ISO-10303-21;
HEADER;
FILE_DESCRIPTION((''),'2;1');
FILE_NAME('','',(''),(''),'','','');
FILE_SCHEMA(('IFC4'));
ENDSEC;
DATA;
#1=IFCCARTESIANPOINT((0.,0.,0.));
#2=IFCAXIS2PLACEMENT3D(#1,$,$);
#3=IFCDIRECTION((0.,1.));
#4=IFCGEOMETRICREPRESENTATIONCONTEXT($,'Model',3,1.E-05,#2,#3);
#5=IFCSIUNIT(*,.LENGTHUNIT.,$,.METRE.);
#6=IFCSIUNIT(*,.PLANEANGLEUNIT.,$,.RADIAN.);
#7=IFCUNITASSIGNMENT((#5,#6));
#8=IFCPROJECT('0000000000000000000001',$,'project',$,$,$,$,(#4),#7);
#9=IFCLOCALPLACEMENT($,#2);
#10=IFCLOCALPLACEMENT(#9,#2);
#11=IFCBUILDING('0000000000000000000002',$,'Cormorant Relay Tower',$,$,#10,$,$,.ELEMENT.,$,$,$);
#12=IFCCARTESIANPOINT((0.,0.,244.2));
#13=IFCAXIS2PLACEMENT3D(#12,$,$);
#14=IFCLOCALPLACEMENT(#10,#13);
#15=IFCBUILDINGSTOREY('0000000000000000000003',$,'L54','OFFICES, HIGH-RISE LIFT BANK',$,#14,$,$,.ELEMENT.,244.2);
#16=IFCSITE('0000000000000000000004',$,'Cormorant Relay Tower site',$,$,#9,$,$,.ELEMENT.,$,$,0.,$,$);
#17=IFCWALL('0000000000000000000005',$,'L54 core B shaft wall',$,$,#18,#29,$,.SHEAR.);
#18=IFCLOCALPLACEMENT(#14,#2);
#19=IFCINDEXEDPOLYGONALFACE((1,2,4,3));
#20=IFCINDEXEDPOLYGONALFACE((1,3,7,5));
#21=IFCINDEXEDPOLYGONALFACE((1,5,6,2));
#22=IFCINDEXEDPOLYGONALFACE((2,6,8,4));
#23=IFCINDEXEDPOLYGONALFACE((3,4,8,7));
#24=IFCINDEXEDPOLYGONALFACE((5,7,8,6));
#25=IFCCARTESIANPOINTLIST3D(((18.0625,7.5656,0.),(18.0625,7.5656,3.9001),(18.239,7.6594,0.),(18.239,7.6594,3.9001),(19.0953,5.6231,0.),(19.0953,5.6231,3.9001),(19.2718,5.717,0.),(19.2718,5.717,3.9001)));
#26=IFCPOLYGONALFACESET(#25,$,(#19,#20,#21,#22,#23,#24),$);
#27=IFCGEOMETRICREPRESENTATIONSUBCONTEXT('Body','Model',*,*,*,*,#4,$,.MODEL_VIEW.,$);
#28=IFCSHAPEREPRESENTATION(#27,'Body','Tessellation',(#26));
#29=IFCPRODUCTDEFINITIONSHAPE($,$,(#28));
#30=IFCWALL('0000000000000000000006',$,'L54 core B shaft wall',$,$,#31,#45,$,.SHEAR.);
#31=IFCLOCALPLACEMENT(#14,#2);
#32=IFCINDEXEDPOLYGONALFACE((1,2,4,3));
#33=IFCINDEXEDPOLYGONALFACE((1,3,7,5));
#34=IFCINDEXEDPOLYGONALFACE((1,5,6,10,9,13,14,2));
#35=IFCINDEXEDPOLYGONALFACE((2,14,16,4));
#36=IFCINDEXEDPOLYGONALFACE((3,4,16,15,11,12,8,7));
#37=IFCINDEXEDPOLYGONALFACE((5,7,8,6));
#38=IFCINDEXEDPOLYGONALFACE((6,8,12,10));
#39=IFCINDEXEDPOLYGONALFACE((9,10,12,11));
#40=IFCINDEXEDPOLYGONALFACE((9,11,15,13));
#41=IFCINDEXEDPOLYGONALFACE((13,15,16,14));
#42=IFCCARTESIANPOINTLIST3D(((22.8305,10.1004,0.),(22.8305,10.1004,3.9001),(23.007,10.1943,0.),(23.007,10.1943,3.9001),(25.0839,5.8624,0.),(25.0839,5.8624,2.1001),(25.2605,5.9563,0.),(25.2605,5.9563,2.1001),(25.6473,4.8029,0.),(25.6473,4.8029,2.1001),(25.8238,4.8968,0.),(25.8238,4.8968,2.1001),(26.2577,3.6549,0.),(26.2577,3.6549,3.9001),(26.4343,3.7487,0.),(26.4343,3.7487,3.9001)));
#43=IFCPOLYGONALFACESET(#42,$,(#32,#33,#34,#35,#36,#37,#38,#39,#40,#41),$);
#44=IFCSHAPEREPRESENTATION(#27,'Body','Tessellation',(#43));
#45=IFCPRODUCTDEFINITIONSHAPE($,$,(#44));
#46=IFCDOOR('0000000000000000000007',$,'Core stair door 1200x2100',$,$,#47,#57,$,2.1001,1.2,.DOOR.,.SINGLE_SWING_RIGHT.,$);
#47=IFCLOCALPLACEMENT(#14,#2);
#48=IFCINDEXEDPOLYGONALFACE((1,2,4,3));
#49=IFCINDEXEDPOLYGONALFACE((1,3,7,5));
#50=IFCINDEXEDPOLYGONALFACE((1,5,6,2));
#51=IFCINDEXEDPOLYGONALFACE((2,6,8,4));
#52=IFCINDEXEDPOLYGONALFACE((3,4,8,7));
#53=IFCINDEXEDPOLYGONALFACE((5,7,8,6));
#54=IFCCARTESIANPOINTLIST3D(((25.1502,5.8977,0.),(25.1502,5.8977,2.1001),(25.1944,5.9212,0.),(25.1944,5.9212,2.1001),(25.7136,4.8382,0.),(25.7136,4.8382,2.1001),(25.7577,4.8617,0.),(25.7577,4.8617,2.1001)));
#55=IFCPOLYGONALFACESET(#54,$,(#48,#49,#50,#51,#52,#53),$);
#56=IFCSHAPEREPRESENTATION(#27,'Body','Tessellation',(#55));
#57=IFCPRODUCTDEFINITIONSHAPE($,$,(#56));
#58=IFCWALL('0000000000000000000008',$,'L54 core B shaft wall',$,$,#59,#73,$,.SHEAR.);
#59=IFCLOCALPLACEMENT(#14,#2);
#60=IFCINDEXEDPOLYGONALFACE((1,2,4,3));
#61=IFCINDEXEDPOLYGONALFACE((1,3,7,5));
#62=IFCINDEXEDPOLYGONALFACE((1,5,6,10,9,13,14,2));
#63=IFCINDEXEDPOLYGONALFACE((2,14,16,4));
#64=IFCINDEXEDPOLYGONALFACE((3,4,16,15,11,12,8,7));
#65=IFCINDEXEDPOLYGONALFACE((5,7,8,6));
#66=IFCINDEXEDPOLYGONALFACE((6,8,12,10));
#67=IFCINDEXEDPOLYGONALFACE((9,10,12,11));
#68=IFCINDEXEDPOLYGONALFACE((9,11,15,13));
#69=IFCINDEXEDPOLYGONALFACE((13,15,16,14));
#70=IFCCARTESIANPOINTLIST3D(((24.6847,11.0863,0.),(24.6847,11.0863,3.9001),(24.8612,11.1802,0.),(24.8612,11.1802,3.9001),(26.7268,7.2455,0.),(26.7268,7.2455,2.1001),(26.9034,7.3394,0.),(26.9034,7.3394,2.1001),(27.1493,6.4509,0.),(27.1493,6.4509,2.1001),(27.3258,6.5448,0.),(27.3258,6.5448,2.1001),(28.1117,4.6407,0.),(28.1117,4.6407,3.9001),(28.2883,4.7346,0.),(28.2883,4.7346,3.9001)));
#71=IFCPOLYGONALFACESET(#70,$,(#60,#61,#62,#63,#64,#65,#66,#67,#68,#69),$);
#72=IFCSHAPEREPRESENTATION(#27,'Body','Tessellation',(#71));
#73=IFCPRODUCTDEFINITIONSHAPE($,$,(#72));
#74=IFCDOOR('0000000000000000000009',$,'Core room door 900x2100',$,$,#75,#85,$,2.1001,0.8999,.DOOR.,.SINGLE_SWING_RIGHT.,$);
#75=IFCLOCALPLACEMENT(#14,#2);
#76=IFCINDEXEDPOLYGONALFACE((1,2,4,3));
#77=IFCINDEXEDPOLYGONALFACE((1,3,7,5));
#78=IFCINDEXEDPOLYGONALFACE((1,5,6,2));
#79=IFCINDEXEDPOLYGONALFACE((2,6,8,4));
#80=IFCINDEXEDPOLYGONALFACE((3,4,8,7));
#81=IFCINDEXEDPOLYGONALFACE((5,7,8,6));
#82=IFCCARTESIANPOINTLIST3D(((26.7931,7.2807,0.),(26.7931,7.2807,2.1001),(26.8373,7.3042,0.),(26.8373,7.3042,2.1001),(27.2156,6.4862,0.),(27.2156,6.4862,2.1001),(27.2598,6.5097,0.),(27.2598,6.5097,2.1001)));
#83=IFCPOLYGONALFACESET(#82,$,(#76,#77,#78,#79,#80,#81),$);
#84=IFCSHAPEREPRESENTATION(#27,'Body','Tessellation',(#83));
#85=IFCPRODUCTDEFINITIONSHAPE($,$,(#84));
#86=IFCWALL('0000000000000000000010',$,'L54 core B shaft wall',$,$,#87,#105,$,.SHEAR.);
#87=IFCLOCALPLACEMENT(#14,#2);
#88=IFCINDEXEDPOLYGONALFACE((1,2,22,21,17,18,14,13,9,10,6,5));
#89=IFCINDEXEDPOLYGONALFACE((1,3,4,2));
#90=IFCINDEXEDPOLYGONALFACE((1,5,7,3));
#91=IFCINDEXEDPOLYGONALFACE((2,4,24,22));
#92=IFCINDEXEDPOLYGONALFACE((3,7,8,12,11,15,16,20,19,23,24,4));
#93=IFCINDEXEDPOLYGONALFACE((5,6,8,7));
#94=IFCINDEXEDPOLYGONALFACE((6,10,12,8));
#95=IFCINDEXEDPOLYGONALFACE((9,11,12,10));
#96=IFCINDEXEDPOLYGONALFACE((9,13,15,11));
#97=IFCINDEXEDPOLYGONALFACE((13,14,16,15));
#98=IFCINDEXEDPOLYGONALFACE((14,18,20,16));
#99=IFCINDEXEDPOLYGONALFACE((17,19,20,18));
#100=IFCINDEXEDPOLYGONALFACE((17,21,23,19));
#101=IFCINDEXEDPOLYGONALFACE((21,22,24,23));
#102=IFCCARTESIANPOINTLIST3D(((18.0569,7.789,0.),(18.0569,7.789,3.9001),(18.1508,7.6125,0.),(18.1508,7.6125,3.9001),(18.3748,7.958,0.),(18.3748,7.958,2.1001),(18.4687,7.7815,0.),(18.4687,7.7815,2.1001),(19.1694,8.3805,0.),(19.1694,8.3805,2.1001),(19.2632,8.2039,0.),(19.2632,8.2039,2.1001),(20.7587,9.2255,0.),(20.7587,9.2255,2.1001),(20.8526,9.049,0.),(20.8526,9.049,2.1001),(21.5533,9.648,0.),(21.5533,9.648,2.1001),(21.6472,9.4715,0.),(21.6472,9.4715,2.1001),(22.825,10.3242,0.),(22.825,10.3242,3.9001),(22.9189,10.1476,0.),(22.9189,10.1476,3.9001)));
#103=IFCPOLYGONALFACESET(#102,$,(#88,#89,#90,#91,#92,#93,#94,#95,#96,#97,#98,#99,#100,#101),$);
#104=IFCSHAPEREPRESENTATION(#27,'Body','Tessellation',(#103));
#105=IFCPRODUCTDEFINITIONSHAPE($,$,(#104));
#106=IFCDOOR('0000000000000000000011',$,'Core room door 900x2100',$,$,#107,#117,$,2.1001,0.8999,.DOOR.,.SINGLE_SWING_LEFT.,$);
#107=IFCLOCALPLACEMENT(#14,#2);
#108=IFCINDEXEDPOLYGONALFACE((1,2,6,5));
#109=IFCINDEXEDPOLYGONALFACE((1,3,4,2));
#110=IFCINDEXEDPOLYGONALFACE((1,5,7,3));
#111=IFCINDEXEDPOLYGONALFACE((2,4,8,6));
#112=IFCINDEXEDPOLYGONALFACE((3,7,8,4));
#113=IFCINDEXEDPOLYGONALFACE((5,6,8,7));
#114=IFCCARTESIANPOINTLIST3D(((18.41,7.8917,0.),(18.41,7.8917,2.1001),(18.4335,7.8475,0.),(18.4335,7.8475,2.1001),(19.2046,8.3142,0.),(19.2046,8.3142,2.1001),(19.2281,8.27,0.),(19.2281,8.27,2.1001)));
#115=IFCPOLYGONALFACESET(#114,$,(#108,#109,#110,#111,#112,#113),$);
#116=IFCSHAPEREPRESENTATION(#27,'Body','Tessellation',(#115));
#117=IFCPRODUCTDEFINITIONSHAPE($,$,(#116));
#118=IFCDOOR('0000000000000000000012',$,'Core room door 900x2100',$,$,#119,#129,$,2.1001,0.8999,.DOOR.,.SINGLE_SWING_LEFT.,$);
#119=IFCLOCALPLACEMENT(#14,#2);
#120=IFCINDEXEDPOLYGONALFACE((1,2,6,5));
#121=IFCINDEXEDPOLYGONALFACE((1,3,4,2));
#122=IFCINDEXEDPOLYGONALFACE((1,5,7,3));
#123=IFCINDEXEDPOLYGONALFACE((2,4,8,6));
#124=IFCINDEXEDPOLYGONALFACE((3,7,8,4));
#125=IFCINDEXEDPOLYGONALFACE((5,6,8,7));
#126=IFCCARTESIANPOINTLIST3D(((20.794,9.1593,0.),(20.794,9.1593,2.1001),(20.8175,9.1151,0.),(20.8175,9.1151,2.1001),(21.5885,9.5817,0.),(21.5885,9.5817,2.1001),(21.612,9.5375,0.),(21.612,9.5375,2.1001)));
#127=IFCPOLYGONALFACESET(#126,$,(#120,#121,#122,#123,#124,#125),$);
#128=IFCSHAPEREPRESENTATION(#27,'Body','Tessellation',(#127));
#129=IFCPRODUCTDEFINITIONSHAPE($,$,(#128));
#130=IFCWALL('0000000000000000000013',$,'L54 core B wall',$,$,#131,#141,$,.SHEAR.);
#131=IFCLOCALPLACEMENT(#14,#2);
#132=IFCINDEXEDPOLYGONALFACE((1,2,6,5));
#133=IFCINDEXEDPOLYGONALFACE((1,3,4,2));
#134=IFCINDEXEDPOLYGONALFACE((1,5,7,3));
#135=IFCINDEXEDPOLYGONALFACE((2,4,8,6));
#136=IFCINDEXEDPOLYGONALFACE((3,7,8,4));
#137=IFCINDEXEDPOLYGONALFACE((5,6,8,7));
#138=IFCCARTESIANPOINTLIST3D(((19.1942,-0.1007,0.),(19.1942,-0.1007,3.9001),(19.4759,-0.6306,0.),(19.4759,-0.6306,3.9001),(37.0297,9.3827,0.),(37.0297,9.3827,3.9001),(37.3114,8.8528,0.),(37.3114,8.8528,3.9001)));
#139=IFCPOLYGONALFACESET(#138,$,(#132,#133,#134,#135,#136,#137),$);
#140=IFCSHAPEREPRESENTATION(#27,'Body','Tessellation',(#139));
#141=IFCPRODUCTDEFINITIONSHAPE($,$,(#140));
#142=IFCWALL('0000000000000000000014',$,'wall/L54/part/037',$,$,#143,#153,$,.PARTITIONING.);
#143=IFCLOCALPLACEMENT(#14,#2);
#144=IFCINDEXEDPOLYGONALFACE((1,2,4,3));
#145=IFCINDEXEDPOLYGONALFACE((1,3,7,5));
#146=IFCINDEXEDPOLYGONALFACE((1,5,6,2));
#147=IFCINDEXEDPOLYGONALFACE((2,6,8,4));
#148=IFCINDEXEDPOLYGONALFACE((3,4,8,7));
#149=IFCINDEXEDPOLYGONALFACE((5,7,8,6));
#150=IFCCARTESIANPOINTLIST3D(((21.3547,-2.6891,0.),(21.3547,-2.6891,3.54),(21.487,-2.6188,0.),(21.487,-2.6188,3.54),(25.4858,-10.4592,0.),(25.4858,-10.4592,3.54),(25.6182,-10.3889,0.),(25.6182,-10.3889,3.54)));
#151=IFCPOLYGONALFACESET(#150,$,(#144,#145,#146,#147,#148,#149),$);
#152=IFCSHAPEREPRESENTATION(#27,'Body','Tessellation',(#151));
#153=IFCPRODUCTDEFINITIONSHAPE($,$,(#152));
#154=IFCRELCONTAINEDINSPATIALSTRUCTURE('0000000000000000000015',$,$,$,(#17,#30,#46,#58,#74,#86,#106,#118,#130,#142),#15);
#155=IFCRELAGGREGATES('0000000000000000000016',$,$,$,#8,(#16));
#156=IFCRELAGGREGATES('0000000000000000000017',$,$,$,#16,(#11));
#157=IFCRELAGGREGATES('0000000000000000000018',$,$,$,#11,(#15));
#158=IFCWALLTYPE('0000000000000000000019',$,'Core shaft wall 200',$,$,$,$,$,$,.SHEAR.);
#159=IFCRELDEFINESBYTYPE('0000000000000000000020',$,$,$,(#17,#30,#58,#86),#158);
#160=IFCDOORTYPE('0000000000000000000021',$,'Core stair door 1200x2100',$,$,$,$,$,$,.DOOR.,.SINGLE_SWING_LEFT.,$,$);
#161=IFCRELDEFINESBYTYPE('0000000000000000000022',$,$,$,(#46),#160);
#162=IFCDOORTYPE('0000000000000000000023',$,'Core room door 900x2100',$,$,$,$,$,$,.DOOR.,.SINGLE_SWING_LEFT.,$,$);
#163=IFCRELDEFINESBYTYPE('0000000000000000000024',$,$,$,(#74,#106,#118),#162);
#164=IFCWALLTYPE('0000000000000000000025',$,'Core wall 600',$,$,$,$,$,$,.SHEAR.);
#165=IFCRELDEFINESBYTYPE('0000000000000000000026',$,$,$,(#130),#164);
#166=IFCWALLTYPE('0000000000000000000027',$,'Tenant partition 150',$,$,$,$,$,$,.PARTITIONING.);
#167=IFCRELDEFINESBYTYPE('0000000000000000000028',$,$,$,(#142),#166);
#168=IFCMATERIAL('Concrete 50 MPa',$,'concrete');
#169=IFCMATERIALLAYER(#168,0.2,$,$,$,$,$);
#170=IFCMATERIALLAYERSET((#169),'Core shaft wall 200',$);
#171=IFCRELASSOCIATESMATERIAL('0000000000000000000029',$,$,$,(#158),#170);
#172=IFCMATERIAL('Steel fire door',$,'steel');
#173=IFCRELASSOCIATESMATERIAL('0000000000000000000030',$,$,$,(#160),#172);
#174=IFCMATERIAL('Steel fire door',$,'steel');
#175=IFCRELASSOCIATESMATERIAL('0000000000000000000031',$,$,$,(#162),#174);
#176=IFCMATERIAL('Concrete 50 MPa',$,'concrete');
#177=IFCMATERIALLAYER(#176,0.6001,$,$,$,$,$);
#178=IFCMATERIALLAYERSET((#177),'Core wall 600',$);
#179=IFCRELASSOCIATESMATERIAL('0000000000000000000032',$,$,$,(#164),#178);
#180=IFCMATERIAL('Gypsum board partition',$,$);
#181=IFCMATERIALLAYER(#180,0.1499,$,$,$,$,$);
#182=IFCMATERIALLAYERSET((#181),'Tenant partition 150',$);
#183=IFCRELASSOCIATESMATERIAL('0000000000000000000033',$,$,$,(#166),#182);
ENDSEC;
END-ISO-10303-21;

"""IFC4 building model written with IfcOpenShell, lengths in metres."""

from ifc_helpers import new_model, si_unit, direction, frame, frame_2d, origin, place, context, subcontext, project, spatial, rectangle, extrude, material, layer, layer_set, type_object, element, fill, save


model = new_model("IFC4")

# Units and contexts
model_context = context("Model", 3, precision=1e-05, world=origin(), true_north=direction((0.0, 1.0)))
body_context = subcontext(model_context, "Body", "Model", "MODEL_VIEW")
ifc_project = project(units=[si_unit("LENGTHUNIT", "METRE"), si_unit("PLANEANGLEUNIT", "RADIAN")], contexts=[model_context])

# Site, building, storey
site_placement = place(None, origin())
site = spatial("IfcSite", under=ifc_project, at=site_placement, Name="Cormorant Relay Tower site", CompositionType="ELEMENT", RefElevation=0.0)
building_placement = place(site_placement, origin())
building = spatial("IfcBuilding", under=site, at=building_placement, Name="Cormorant Relay Tower", CompositionType="ELEMENT")
storey_placement = place(building_placement, frame((0.0, 0.0, 244.2)))
storey = spatial("IfcBuildingStorey", under=building, at=storey_placement, Name="L54", Description="OFFICES, HIGH-RISE LIFT BANK", CompositionType="ELEMENT", Elevation=244.2)

# Wall
ifc_material_1 = material(Name="Concrete 50 MPa", Category="concrete")
ifc_layer_1 = layer(ifc_material_1, 0.2)
ifc_layer_set_1 = layer_set([ifc_layer_1], Name="Core shaft wall 200")
wall_type_1 = type_object("IfcWallType", Name="Core shaft wall 200", PredefinedType="SHEAR", material=ifc_layer_set_1)
wall_1_placement = place(storey_placement, frame((19.1836, 5.6699, 0.0), z_axis=(0.0, 0.0, 1.0), x_axis=(-0.469447, 0.88296, 0.0)))
element("IfcWall", 1, at=wall_1_placement, inside=storey, type_object=wall_type_1, Name="L54 core B shaft wall", PredefinedType="SHEAR", context=body_context, shape_type="SweptSolid", body=[
    extrude(rectangle(XDim=2.2, YDim=0.2, at=frame_2d((1.1001, 0.0))), origin(), (0.0, 0.0, 1.0), 3.9001),
])

# Walls, openings, doors
wall_2_placement = place(storey_placement, frame((26.3459, 3.7019, 0.0), z_axis=(0.0, 0.0, 1.0), x_axis=(-0.46948, 0.882943, 0.0)))
wall_2 = element("IfcWall", 2, at=wall_2_placement, inside=storey, type_object=wall_type_1, Name="L54 core B shaft wall", PredefinedType="SHEAR", context=body_context, shape_type="SweptSolid", body=[
    extrude(rectangle(XDim=7.3, YDim=0.2, at=frame_2d((3.6499, 0.0))), origin(), (0.0, 0.0, 1.0), 3.9001),
])
opening_1_placement = place(wall_2_placement, frame((1.3, 0.0, 0.0)))
opening_1 = element("IfcOpeningElement", 3, at=opening_1_placement, cuts=wall_2, PredefinedType="OPENING", context=body_context, shape_type="SweptSolid", body=[
    extrude(rectangle(XDim=1.2, YDim=2.1001, at=frame_2d((0.6001, 1.05))), frame((0.0, 0.1099, 0.0), z_axis=(0.0, -1.0, 0.0), x_axis=(1.0, 0.0, 0.0)), (0.0, 0.0, 1.0), 0.22),
])
ifc_material_2 = material(Name="Steel fire door", Category="steel")
door_type_1 = type_object("IfcDoorType", Name="Core stair door 1200x2100", OperationType="SINGLE_SWING_LEFT", PredefinedType="DOOR", material=ifc_material_2)
door_1_placement = place(opening_1_placement, origin())
door_1 = element("IfcDoor", 4, at=door_1_placement, inside=storey, type_object=door_type_1, Name="Core stair door 1200x2100", OperationType="SINGLE_SWING_RIGHT", OverallHeight=2.1001, OverallWidth=1.2, PredefinedType="DOOR", context=body_context, shape_type="SweptSolid", body=[
    extrude(rectangle(XDim=1.2, YDim=2.1001, at=frame_2d((0.6001, 1.05))), frame((0.0, 0.0249, 0.0), z_axis=(0.0, -1.0, 0.0), x_axis=(1.0, 0.0, 0.0)), (0.0, 0.0, 1.0), 0.05),
])
fill(opening_1, door_1)
wall_3_placement = place(storey_placement, frame((28.2, 4.6877, 0.0), z_axis=(0.0, 0.0, 1.0), x_axis=(-0.469454, 0.882957, 0.0)))
wall_3 = element("IfcWall", 5, at=wall_3_placement, inside=storey, type_object=wall_type_1, Name="L54 core B shaft wall", PredefinedType="SHEAR", context=body_context, shape_type="SweptSolid", body=[
    extrude(rectangle(XDim=7.3, YDim=0.2, at=frame_2d((3.6499, 0.0))), origin(), (0.0, 0.0, 1.0), 3.9001),
])
opening_2_placement = place(wall_3_placement, frame((2.05, 0.0, 0.0)))
opening_2 = element("IfcOpeningElement", 6, at=opening_2_placement, cuts=wall_3, PredefinedType="OPENING", context=body_context, shape_type="SweptSolid", body=[
    extrude(rectangle(XDim=0.8999, YDim=2.1001, at=frame_2d((0.45, 1.05))), frame((0.0, 0.1099, 0.0), z_axis=(0.0, -1.0, 0.0), x_axis=(1.0, 0.0, 0.0)), (0.0, 0.0, 1.0), 0.22),
])
ifc_material_3 = material(Name="Steel fire door", Category="steel")
door_type_2 = type_object("IfcDoorType", Name="Core room door 900x2100", OperationType="SINGLE_SWING_LEFT", PredefinedType="DOOR", material=ifc_material_3)
door_2_placement = place(opening_2_placement, origin())
door_2 = element("IfcDoor", 7, at=door_2_placement, inside=storey, type_object=door_type_2, Name="Core room door 900x2100", OperationType="SINGLE_SWING_RIGHT", OverallHeight=2.1001, OverallWidth=0.8999, PredefinedType="DOOR", context=body_context, shape_type="SweptSolid", body=[
    extrude(rectangle(XDim=0.8999, YDim=2.1001, at=frame_2d((0.45, 1.05))), frame((0.0, 0.0249, 0.0), z_axis=(0.0, -1.0, 0.0), x_axis=(1.0, 0.0, 0.0)), (0.0, 0.0, 1.0), 0.05),
])
fill(opening_2, door_2)

# Wall, openings, doors
wall_4_placement = place(storey_placement, frame((18.1038, 7.7007, 0.0), z_axis=(0.0, 0.0, 1.0), x_axis=(0.882953, 0.469462, 0.0)))
wall_4 = element("IfcWall", 8, at=wall_4_placement, inside=storey, type_object=wall_type_1, Name="L54 core B shaft wall", PredefinedType="SHEAR", context=body_context, shape_type="SweptSolid", body=[
    extrude(rectangle(XDim=5.4001, YDim=0.2, at=frame_2d((2.7002, 0.0))), origin(), (0.0, 0.0, 1.0), 3.9001),
])
opening_3_placement = place(wall_4_placement, frame((0.3601, 0.0, 0.0)))
opening_3 = element("IfcOpeningElement", 9, at=opening_3_placement, cuts=wall_4, PredefinedType="OPENING", context=body_context, shape_type="SweptSolid", body=[
    extrude(rectangle(XDim=0.8999, YDim=2.1001, at=frame_2d((0.45, 1.05))), frame((0.0, 0.1099, 0.0), z_axis=(0.0, -1.0, 0.0), x_axis=(1.0, 0.0, 0.0)), (0.0, 0.0, 1.0), 0.22),
])
opening_4_placement = place(wall_4_placement, frame((3.0601, 0.0, 0.0)))
opening_4 = element("IfcOpeningElement", 10, at=opening_4_placement, cuts=wall_4, PredefinedType="OPENING", context=body_context, shape_type="SweptSolid", body=[
    extrude(rectangle(XDim=0.8999, YDim=2.1001, at=frame_2d((0.45, 1.05))), frame((0.0, 0.1099, 0.0), z_axis=(0.0, -1.0, 0.0), x_axis=(1.0, 0.0, 0.0)), (0.0, 0.0, 1.0), 0.22),
])
door_3_placement = place(opening_3_placement, origin())
door_3 = element("IfcDoor", 11, at=door_3_placement, inside=storey, type_object=door_type_2, Name="Core room door 900x2100", OperationType="SINGLE_SWING_LEFT", OverallHeight=2.1001, OverallWidth=0.8999, PredefinedType="DOOR", context=body_context, shape_type="SweptSolid", body=[
    extrude(rectangle(XDim=0.8999, YDim=2.1001, at=frame_2d((0.45, 1.05))), frame((0.0, 0.0249, 0.0), z_axis=(0.0, -1.0, 0.0), x_axis=(1.0, 0.0, 0.0)), (0.0, 0.0, 1.0), 0.05),
])
fill(opening_3, door_3)
door_4_placement = place(opening_4_placement, origin())
door_4 = element("IfcDoor", 12, at=door_4_placement, inside=storey, type_object=door_type_2, Name="Core room door 900x2100", OperationType="SINGLE_SWING_LEFT", OverallHeight=2.1001, OverallWidth=0.8999, PredefinedType="DOOR", context=body_context, shape_type="SweptSolid", body=[
    extrude(rectangle(XDim=0.8999, YDim=2.1001, at=frame_2d((0.45, 1.05))), frame((0.0, 0.0249, 0.0), z_axis=(0.0, -1.0, 0.0), x_axis=(1.0, 0.0, 0.0)), (0.0, 0.0, 1.0), 0.05),
])
fill(opening_4, door_4)

# Shared definitions
ifc_material_4 = material(Name="Concrete 50 MPa", Category="concrete")
ifc_layer_2 = layer(ifc_material_4, 0.6001)
ifc_layer_set_2 = layer_set([ifc_layer_2], Name="Core wall 600")
wall_type_2 = type_object("IfcWallType", Name="Core wall 600", PredefinedType="SHEAR", material=ifc_layer_set_2)

# Walls
wall_5_placement = place(storey_placement, frame((19.335, -0.3657, 0.0), z_axis=(0.0, 0.0, 1.0), x_axis=(0.882945, 0.469476, 0.0)))
element("IfcWall", 13, at=wall_5_placement, inside=storey, type_object=wall_type_2, Name="L54 core B wall", PredefinedType="SHEAR", context=body_context, shape_type="SweptSolid", body=[
    extrude(rectangle(XDim=20.2, YDim=0.6001, at=frame_2d((10.1001, 0.0))), origin(), (0.0, 0.0, 1.0), 3.9001),
])
ifc_material_5 = material(Name="Gypsum board partition")
ifc_layer_3 = layer(ifc_material_5, 0.1499)
ifc_layer_set_3 = layer_set([ifc_layer_3], Name="Tenant partition 150")
wall_type_3 = type_object("IfcWallType", Name="Tenant partition 150", PredefinedType="PARTITIONING", material=ifc_layer_set_3)
wall_6_placement = place(storey_placement, frame((21.4209, -2.6541, 0.0), z_axis=(0.0, 0.0, 1.0), x_axis=(0.469446, -0.882961, 0.0)))
element("IfcWall", 14, at=wall_6_placement, inside=storey, type_object=wall_type_3, Name="wall/L54/part/037", PredefinedType="PARTITIONING", context=body_context, shape_type="SweptSolid", body=[
    extrude(rectangle(XDim=8.8, YDim=0.1499, at=frame_2d((4.3999, 0.0))), origin(), (0.0, 0.0, 1.0), 3.54),
])

save(model, "model.ifc")
